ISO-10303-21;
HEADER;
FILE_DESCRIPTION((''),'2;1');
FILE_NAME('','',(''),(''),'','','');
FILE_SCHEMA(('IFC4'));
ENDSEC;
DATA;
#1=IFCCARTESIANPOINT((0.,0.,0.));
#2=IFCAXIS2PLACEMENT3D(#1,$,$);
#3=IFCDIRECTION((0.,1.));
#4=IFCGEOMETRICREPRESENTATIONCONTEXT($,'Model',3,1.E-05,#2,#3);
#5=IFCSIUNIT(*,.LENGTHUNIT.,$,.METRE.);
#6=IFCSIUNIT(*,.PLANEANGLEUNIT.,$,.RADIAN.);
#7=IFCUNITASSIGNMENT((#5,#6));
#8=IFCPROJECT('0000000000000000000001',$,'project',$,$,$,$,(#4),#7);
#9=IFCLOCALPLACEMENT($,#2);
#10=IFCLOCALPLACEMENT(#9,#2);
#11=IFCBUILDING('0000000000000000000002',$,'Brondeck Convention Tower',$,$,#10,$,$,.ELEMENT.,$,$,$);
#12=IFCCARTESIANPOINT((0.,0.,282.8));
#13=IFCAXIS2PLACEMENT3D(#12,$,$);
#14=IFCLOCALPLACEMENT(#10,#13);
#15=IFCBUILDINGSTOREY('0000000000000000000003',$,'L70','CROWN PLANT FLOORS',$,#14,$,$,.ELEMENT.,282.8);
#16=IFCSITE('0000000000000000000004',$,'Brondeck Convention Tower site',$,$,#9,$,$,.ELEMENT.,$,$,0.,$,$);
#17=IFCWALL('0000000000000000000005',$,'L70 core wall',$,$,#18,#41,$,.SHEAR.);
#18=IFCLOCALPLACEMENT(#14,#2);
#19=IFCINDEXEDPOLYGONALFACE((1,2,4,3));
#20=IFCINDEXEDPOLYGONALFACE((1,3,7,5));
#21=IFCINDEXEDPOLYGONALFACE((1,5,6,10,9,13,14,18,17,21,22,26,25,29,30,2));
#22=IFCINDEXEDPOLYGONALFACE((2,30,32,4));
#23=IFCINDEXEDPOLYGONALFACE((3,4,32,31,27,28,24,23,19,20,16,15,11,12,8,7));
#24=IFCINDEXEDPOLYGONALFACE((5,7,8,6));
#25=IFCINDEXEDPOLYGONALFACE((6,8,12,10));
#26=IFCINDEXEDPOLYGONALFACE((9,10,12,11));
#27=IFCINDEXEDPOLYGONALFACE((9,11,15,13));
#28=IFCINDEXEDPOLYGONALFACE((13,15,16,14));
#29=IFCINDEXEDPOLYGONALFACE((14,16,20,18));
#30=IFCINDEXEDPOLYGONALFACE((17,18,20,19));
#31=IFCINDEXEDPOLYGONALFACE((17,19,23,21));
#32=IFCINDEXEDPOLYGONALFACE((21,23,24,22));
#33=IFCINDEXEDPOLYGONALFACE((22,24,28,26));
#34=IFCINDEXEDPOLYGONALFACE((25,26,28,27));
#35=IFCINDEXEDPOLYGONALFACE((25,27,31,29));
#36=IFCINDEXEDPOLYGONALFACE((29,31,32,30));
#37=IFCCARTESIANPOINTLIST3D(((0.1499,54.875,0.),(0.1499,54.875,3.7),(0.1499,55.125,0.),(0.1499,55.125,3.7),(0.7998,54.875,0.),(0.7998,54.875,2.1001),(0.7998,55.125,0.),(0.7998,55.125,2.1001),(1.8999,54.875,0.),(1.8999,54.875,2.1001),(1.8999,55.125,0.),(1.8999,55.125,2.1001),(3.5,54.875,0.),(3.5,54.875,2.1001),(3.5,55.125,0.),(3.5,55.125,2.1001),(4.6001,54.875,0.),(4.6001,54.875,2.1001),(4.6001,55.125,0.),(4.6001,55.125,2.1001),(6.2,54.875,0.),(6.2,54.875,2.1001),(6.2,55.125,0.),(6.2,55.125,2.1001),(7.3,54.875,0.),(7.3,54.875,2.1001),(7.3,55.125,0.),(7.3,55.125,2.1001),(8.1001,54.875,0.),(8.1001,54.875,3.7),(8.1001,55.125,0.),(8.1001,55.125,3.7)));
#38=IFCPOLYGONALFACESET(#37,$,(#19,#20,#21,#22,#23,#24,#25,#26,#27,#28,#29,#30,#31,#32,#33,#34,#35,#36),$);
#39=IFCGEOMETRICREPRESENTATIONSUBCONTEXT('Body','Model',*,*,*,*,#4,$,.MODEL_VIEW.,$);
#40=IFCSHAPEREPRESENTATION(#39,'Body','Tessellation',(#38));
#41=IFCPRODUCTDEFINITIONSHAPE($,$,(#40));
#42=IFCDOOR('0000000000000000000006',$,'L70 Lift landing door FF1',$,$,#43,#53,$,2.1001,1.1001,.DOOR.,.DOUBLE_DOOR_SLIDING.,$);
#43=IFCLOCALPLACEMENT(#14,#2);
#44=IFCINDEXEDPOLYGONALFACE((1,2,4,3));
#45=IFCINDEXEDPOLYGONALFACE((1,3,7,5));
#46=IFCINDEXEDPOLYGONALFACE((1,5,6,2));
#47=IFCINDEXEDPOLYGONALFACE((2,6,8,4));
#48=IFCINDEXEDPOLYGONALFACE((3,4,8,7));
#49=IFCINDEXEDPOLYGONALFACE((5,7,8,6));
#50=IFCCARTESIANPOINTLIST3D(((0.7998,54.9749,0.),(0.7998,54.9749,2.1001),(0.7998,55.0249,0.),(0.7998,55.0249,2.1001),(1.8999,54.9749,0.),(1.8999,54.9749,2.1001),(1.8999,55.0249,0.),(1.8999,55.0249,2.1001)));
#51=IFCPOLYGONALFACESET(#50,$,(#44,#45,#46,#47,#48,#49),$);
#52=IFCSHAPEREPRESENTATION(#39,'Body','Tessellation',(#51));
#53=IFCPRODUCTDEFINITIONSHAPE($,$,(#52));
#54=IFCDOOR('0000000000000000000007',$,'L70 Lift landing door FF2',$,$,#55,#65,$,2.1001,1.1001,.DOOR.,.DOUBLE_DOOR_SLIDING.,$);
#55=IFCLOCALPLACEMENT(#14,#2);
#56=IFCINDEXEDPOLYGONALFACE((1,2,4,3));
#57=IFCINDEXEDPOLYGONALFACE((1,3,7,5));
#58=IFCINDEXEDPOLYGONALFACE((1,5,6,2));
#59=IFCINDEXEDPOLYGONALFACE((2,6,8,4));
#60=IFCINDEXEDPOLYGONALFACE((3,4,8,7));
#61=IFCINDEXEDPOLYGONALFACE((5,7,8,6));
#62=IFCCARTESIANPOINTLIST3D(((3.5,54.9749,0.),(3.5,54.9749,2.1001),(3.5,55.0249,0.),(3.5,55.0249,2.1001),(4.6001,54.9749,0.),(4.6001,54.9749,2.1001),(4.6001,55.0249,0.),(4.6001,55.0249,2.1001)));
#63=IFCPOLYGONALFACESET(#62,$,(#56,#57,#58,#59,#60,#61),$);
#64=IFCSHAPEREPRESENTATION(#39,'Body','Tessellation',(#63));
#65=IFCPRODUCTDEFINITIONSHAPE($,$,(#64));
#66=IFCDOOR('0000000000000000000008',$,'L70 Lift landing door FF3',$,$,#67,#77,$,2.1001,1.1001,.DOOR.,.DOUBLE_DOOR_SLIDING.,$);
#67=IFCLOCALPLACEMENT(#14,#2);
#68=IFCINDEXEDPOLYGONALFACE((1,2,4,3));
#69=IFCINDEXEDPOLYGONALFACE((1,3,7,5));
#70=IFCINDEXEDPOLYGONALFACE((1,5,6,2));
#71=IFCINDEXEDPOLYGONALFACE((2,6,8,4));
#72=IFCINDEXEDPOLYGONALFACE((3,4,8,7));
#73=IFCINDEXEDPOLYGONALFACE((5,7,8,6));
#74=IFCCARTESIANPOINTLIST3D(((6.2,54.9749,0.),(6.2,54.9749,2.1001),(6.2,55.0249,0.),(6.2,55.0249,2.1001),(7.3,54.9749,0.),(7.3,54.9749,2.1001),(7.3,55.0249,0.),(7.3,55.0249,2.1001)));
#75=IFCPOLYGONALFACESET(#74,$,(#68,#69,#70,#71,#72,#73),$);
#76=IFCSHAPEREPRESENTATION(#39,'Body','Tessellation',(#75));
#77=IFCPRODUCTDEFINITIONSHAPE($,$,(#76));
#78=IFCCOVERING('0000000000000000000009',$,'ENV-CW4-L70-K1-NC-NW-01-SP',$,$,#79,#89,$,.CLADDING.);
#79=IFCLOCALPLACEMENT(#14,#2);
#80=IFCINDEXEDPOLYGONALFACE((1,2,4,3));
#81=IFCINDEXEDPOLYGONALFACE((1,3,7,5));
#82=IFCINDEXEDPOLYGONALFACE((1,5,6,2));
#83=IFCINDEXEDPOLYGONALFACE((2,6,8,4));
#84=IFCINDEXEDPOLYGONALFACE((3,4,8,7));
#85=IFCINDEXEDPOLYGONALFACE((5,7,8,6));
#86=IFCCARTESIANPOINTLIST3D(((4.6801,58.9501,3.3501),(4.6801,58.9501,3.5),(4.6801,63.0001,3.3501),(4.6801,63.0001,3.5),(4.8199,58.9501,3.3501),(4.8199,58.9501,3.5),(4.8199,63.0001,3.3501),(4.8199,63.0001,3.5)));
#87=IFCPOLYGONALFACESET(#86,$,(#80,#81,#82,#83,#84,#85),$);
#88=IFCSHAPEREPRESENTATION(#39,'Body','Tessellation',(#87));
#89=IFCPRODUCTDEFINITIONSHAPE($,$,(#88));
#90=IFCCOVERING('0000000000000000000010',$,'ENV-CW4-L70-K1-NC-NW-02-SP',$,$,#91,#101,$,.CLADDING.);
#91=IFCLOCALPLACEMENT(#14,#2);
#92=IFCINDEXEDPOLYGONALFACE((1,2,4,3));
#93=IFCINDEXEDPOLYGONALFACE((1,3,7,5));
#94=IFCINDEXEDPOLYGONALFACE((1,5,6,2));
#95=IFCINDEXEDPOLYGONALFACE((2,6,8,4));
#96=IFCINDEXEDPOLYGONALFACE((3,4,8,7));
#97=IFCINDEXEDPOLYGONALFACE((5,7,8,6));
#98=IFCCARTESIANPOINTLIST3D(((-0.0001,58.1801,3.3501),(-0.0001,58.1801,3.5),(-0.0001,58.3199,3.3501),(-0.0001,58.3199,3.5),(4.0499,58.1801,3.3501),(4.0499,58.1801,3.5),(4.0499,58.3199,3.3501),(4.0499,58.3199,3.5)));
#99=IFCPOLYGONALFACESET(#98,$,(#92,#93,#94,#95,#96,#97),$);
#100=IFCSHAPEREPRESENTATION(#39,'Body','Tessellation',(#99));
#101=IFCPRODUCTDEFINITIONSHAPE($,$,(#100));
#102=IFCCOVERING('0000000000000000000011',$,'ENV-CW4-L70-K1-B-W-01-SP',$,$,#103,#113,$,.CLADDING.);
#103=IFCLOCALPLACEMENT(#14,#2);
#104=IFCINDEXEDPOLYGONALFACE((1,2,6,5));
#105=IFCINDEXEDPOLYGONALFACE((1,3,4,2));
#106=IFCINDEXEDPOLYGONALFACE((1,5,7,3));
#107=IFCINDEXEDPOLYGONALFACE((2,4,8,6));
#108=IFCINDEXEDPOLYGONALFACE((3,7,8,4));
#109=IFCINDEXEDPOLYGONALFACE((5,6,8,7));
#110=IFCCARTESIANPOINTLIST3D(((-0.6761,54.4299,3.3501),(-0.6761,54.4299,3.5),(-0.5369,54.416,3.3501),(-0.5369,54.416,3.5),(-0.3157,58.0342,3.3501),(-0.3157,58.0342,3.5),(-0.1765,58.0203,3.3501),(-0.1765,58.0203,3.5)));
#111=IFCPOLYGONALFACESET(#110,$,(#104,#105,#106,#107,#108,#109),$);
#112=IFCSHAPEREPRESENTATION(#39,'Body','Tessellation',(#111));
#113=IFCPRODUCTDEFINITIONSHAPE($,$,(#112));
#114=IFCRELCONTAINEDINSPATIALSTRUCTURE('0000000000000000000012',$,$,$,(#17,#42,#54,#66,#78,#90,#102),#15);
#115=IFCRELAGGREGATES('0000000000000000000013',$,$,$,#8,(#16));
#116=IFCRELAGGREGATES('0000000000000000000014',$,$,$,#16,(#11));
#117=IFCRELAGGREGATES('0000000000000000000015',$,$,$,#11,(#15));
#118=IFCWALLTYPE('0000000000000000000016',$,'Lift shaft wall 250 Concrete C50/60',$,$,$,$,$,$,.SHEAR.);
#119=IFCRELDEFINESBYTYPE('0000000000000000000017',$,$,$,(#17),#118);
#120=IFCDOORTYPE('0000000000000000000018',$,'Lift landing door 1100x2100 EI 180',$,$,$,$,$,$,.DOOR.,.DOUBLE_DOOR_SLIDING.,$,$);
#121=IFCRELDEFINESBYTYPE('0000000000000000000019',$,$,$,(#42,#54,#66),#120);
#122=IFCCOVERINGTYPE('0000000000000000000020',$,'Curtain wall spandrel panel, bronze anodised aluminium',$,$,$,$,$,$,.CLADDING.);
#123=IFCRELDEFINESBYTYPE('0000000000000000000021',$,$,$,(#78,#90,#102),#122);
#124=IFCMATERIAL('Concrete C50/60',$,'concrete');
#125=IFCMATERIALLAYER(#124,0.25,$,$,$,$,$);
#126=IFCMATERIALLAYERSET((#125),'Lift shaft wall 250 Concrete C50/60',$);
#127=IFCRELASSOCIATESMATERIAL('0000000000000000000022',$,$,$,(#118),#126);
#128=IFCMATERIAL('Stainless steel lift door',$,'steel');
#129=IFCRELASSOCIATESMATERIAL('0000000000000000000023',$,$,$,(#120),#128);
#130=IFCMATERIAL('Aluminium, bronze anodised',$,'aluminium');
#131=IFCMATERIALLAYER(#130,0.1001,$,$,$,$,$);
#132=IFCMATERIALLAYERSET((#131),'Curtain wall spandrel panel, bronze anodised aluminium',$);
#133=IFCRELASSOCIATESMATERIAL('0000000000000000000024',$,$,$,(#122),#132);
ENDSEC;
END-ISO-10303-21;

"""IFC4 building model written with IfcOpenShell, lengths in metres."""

from ifc_helpers import new_model, si_unit, direction, frame, frame_2d, origin, origin_2d, place, context, subcontext, project, spatial, rectangle, extrude, material, layer, layer_set, type_object, element, fill, save


model = new_model("IFC4")

# Units and contexts
model_context = context("Model", 3, precision=1e-05, world=origin(), true_north=direction((0.0, 1.0)))
body_context = subcontext(model_context, "Body", "Model", "MODEL_VIEW")
ifc_project = project(units=[si_unit("LENGTHUNIT", "METRE"), si_unit("PLANEANGLEUNIT", "RADIAN")], contexts=[model_context])

# Site, building, storey
site_placement = place(None, origin())
site = spatial("IfcSite", under=ifc_project, at=site_placement, Name="Brondeck Convention Tower site", CompositionType="ELEMENT", RefElevation=0.0)
building_placement = place(site_placement, origin())
building = spatial("IfcBuilding", under=site, at=building_placement, Name="Brondeck Convention Tower", CompositionType="ELEMENT")
storey_placement = place(building_placement, frame((0.0, 0.0, 282.8)))
storey = spatial("IfcBuildingStorey", under=building, at=storey_placement, Name="L70", Description="CROWN PLANT FLOORS", CompositionType="ELEMENT", Elevation=282.8)

# Shared definitions
ifc_material_1 = material(Name="Concrete C50/60", Category="concrete")

# Shared definitions
ifc_material_2 = material(Name="Aluminium, bronze anodised", Category="aluminium")

# Wall, openings, doors
ifc_layer_1 = layer(ifc_material_1, 0.25)
ifc_layer_set_1 = layer_set([ifc_layer_1], Name="Lift shaft wall 250 Concrete C50/60")
wall_type_1 = type_object("IfcWallType", Name="Lift shaft wall 250 Concrete C50/60", PredefinedType="SHEAR", material=ifc_layer_set_1)
wall_1_placement = place(storey_placement, frame((0.1499, 55.0, 0.0), z_axis=(0.0, 0.0, 1.0), x_axis=(1.0, 0.0, 0.0)))
wall_1 = element("IfcWall", 1, at=wall_1_placement, inside=storey, type_object=wall_type_1, Name="L70 core wall", PredefinedType="SHEAR", context=body_context, shape_type="SweptSolid", body=[
    extrude(rectangle(XDim=7.9502, YDim=0.25, at=frame_2d((3.9751, 0.0))), origin(), (0.0, 0.0, 1.0), 3.7),
])
opening_1_placement = place(wall_1_placement, frame((0.6499, 0.0, 0.0)))
opening_1 = element("IfcOpeningElement", 2, at=opening_1_placement, cuts=wall_1, PredefinedType="OPENING", context=body_context, shape_type="SweptSolid", body=[
    extrude(rectangle(XDim=1.1001, YDim=2.1001, at=frame_2d((0.55, 1.05))), frame((0.0, 0.135, 0.0), z_axis=(0.0, -1.0, 0.0), x_axis=(1.0, 0.0, 0.0)), (0.0, 0.0, 1.0), 0.27),
])
opening_2_placement = place(wall_1_placement, frame((3.3501, 0.0, 0.0)))
opening_2 = element("IfcOpeningElement", 3, at=opening_2_placement, cuts=wall_1, PredefinedType="OPENING", context=body_context, shape_type="SweptSolid", body=[
    extrude(rectangle(XDim=1.1001, YDim=2.1001, at=frame_2d((0.55, 1.05))), frame((0.0, 0.135, 0.0), z_axis=(0.0, -1.0, 0.0), x_axis=(1.0, 0.0, 0.0)), (0.0, 0.0, 1.0), 0.27),
])
opening_3_placement = place(wall_1_placement, frame((6.05, 0.0, 0.0)))
opening_3 = element("IfcOpeningElement", 4, at=opening_3_placement, cuts=wall_1, PredefinedType="OPENING", context=body_context, shape_type="SweptSolid", body=[
    extrude(rectangle(XDim=1.1001, YDim=2.1001, at=frame_2d((0.55, 1.05))), frame((0.0, 0.135, 0.0), z_axis=(0.0, -1.0, 0.0), x_axis=(1.0, 0.0, 0.0)), (0.0, 0.0, 1.0), 0.27),
])
ifc_material_3 = material(Name="Stainless steel lift door", Category="steel")
door_type = type_object("IfcDoorType", Name="Lift landing door 1100x2100 EI 180", OperationType="DOUBLE_DOOR_SLIDING", PredefinedType="DOOR", material=ifc_material_3)
door_1_placement = place(opening_1_placement, origin())
door_1 = element("IfcDoor", 5, at=door_1_placement, inside=storey, type_object=door_type, Name="L70 Lift landing door FF1", OperationType="DOUBLE_DOOR_SLIDING", OverallHeight=2.1001, OverallWidth=1.1001, PredefinedType="DOOR", context=body_context, shape_type="SweptSolid", body=[
    extrude(rectangle(XDim=1.1001, YDim=2.1001, at=frame_2d((0.55, 1.05))), frame((0.0, 0.0249, 0.0), z_axis=(0.0, -1.0, 0.0), x_axis=(1.0, 0.0, 0.0)), (0.0, 0.0, 1.0), 0.05),
])
fill(opening_1, door_1)
door_2_placement = place(opening_2_placement, origin())
door_2 = element("IfcDoor", 6, at=door_2_placement, inside=storey, type_object=door_type, Name="L70 Lift landing door FF2", OperationType="DOUBLE_DOOR_SLIDING", OverallHeight=2.1001, OverallWidth=1.1001, PredefinedType="DOOR", context=body_context, shape_type="SweptSolid", body=[
    extrude(rectangle(XDim=1.1001, YDim=2.1001, at=frame_2d((0.55, 1.05))), frame((0.0, 0.0249, 0.0), z_axis=(0.0, -1.0, 0.0), x_axis=(1.0, 0.0, 0.0)), (0.0, 0.0, 1.0), 0.05),
])
fill(opening_2, door_2)
door_3_placement = place(opening_3_placement, origin())
door_3 = element("IfcDoor", 7, at=door_3_placement, inside=storey, type_object=door_type, Name="L70 Lift landing door FF3", OperationType="DOUBLE_DOOR_SLIDING", OverallHeight=2.1001, OverallWidth=1.1001, PredefinedType="DOOR", context=body_context, shape_type="SweptSolid", body=[
    extrude(rectangle(XDim=1.1001, YDim=2.1001, at=frame_2d((0.55, 1.05))), frame((0.0, 0.0249, 0.0), z_axis=(0.0, -1.0, 0.0), x_axis=(1.0, 0.0, 0.0)), (0.0, 0.0, 1.0), 0.05),
])
fill(opening_3, door_3)

# Coverings
ifc_layer_2 = layer(ifc_material_2, 0.1001)
ifc_layer_set_2 = layer_set([ifc_layer_2], Name="Curtain wall spandrel panel, bronze anodised aluminium")
covering_type = type_object("IfcCoveringType", Name="Curtain wall spandrel panel, bronze anodised aluminium", PredefinedType="CLADDING", material=ifc_layer_set_2)
for number, where, z_axis, x_axis, name in (
    (8, (4.75, 60.9751, 3.3501), (0.0, 0.0, 1.0), (0.0, 1.0, 0.0), "ENV-CW4-L70-K1-NC-NW-01-SP"),
    (9, (2.0249, 58.25, 3.3501), (0.0, 0.0, 1.0), (1.0, 0.0, 0.0), "ENV-CW4-L70-K1-NC-NW-02-SP"),
):
    element("IfcCovering", number, at=place(storey_placement, frame(where, z_axis=z_axis, x_axis=x_axis)), inside=storey, type_object=covering_type, Name=name, PredefinedType="CLADDING", context=body_context, shape_type="SweptSolid", body=[
        extrude(rectangle(XDim=4.05, YDim=0.1399, at=origin_2d()), origin(), (0.0, 0.0, 1.0), 0.1499),
    ])
covering_placement = place(storey_placement, frame((-0.4263, 56.2251, 3.3501), z_axis=(0.0, 0.0, 1.0), x_axis=(0.099504, 0.995037, 0.0)))
element("IfcCovering", 10, at=covering_placement, inside=storey, type_object=covering_type, Name="ENV-CW4-L70-K1-B-W-01-SP", PredefinedType="CLADDING", context=body_context, shape_type="SweptSolid", body=[
    extrude(rectangle(XDim=3.6223, YDim=0.1399, at=origin_2d()), origin(), (0.0, 0.0, 1.0), 0.1499),
])

save(model, "model.ifc")
